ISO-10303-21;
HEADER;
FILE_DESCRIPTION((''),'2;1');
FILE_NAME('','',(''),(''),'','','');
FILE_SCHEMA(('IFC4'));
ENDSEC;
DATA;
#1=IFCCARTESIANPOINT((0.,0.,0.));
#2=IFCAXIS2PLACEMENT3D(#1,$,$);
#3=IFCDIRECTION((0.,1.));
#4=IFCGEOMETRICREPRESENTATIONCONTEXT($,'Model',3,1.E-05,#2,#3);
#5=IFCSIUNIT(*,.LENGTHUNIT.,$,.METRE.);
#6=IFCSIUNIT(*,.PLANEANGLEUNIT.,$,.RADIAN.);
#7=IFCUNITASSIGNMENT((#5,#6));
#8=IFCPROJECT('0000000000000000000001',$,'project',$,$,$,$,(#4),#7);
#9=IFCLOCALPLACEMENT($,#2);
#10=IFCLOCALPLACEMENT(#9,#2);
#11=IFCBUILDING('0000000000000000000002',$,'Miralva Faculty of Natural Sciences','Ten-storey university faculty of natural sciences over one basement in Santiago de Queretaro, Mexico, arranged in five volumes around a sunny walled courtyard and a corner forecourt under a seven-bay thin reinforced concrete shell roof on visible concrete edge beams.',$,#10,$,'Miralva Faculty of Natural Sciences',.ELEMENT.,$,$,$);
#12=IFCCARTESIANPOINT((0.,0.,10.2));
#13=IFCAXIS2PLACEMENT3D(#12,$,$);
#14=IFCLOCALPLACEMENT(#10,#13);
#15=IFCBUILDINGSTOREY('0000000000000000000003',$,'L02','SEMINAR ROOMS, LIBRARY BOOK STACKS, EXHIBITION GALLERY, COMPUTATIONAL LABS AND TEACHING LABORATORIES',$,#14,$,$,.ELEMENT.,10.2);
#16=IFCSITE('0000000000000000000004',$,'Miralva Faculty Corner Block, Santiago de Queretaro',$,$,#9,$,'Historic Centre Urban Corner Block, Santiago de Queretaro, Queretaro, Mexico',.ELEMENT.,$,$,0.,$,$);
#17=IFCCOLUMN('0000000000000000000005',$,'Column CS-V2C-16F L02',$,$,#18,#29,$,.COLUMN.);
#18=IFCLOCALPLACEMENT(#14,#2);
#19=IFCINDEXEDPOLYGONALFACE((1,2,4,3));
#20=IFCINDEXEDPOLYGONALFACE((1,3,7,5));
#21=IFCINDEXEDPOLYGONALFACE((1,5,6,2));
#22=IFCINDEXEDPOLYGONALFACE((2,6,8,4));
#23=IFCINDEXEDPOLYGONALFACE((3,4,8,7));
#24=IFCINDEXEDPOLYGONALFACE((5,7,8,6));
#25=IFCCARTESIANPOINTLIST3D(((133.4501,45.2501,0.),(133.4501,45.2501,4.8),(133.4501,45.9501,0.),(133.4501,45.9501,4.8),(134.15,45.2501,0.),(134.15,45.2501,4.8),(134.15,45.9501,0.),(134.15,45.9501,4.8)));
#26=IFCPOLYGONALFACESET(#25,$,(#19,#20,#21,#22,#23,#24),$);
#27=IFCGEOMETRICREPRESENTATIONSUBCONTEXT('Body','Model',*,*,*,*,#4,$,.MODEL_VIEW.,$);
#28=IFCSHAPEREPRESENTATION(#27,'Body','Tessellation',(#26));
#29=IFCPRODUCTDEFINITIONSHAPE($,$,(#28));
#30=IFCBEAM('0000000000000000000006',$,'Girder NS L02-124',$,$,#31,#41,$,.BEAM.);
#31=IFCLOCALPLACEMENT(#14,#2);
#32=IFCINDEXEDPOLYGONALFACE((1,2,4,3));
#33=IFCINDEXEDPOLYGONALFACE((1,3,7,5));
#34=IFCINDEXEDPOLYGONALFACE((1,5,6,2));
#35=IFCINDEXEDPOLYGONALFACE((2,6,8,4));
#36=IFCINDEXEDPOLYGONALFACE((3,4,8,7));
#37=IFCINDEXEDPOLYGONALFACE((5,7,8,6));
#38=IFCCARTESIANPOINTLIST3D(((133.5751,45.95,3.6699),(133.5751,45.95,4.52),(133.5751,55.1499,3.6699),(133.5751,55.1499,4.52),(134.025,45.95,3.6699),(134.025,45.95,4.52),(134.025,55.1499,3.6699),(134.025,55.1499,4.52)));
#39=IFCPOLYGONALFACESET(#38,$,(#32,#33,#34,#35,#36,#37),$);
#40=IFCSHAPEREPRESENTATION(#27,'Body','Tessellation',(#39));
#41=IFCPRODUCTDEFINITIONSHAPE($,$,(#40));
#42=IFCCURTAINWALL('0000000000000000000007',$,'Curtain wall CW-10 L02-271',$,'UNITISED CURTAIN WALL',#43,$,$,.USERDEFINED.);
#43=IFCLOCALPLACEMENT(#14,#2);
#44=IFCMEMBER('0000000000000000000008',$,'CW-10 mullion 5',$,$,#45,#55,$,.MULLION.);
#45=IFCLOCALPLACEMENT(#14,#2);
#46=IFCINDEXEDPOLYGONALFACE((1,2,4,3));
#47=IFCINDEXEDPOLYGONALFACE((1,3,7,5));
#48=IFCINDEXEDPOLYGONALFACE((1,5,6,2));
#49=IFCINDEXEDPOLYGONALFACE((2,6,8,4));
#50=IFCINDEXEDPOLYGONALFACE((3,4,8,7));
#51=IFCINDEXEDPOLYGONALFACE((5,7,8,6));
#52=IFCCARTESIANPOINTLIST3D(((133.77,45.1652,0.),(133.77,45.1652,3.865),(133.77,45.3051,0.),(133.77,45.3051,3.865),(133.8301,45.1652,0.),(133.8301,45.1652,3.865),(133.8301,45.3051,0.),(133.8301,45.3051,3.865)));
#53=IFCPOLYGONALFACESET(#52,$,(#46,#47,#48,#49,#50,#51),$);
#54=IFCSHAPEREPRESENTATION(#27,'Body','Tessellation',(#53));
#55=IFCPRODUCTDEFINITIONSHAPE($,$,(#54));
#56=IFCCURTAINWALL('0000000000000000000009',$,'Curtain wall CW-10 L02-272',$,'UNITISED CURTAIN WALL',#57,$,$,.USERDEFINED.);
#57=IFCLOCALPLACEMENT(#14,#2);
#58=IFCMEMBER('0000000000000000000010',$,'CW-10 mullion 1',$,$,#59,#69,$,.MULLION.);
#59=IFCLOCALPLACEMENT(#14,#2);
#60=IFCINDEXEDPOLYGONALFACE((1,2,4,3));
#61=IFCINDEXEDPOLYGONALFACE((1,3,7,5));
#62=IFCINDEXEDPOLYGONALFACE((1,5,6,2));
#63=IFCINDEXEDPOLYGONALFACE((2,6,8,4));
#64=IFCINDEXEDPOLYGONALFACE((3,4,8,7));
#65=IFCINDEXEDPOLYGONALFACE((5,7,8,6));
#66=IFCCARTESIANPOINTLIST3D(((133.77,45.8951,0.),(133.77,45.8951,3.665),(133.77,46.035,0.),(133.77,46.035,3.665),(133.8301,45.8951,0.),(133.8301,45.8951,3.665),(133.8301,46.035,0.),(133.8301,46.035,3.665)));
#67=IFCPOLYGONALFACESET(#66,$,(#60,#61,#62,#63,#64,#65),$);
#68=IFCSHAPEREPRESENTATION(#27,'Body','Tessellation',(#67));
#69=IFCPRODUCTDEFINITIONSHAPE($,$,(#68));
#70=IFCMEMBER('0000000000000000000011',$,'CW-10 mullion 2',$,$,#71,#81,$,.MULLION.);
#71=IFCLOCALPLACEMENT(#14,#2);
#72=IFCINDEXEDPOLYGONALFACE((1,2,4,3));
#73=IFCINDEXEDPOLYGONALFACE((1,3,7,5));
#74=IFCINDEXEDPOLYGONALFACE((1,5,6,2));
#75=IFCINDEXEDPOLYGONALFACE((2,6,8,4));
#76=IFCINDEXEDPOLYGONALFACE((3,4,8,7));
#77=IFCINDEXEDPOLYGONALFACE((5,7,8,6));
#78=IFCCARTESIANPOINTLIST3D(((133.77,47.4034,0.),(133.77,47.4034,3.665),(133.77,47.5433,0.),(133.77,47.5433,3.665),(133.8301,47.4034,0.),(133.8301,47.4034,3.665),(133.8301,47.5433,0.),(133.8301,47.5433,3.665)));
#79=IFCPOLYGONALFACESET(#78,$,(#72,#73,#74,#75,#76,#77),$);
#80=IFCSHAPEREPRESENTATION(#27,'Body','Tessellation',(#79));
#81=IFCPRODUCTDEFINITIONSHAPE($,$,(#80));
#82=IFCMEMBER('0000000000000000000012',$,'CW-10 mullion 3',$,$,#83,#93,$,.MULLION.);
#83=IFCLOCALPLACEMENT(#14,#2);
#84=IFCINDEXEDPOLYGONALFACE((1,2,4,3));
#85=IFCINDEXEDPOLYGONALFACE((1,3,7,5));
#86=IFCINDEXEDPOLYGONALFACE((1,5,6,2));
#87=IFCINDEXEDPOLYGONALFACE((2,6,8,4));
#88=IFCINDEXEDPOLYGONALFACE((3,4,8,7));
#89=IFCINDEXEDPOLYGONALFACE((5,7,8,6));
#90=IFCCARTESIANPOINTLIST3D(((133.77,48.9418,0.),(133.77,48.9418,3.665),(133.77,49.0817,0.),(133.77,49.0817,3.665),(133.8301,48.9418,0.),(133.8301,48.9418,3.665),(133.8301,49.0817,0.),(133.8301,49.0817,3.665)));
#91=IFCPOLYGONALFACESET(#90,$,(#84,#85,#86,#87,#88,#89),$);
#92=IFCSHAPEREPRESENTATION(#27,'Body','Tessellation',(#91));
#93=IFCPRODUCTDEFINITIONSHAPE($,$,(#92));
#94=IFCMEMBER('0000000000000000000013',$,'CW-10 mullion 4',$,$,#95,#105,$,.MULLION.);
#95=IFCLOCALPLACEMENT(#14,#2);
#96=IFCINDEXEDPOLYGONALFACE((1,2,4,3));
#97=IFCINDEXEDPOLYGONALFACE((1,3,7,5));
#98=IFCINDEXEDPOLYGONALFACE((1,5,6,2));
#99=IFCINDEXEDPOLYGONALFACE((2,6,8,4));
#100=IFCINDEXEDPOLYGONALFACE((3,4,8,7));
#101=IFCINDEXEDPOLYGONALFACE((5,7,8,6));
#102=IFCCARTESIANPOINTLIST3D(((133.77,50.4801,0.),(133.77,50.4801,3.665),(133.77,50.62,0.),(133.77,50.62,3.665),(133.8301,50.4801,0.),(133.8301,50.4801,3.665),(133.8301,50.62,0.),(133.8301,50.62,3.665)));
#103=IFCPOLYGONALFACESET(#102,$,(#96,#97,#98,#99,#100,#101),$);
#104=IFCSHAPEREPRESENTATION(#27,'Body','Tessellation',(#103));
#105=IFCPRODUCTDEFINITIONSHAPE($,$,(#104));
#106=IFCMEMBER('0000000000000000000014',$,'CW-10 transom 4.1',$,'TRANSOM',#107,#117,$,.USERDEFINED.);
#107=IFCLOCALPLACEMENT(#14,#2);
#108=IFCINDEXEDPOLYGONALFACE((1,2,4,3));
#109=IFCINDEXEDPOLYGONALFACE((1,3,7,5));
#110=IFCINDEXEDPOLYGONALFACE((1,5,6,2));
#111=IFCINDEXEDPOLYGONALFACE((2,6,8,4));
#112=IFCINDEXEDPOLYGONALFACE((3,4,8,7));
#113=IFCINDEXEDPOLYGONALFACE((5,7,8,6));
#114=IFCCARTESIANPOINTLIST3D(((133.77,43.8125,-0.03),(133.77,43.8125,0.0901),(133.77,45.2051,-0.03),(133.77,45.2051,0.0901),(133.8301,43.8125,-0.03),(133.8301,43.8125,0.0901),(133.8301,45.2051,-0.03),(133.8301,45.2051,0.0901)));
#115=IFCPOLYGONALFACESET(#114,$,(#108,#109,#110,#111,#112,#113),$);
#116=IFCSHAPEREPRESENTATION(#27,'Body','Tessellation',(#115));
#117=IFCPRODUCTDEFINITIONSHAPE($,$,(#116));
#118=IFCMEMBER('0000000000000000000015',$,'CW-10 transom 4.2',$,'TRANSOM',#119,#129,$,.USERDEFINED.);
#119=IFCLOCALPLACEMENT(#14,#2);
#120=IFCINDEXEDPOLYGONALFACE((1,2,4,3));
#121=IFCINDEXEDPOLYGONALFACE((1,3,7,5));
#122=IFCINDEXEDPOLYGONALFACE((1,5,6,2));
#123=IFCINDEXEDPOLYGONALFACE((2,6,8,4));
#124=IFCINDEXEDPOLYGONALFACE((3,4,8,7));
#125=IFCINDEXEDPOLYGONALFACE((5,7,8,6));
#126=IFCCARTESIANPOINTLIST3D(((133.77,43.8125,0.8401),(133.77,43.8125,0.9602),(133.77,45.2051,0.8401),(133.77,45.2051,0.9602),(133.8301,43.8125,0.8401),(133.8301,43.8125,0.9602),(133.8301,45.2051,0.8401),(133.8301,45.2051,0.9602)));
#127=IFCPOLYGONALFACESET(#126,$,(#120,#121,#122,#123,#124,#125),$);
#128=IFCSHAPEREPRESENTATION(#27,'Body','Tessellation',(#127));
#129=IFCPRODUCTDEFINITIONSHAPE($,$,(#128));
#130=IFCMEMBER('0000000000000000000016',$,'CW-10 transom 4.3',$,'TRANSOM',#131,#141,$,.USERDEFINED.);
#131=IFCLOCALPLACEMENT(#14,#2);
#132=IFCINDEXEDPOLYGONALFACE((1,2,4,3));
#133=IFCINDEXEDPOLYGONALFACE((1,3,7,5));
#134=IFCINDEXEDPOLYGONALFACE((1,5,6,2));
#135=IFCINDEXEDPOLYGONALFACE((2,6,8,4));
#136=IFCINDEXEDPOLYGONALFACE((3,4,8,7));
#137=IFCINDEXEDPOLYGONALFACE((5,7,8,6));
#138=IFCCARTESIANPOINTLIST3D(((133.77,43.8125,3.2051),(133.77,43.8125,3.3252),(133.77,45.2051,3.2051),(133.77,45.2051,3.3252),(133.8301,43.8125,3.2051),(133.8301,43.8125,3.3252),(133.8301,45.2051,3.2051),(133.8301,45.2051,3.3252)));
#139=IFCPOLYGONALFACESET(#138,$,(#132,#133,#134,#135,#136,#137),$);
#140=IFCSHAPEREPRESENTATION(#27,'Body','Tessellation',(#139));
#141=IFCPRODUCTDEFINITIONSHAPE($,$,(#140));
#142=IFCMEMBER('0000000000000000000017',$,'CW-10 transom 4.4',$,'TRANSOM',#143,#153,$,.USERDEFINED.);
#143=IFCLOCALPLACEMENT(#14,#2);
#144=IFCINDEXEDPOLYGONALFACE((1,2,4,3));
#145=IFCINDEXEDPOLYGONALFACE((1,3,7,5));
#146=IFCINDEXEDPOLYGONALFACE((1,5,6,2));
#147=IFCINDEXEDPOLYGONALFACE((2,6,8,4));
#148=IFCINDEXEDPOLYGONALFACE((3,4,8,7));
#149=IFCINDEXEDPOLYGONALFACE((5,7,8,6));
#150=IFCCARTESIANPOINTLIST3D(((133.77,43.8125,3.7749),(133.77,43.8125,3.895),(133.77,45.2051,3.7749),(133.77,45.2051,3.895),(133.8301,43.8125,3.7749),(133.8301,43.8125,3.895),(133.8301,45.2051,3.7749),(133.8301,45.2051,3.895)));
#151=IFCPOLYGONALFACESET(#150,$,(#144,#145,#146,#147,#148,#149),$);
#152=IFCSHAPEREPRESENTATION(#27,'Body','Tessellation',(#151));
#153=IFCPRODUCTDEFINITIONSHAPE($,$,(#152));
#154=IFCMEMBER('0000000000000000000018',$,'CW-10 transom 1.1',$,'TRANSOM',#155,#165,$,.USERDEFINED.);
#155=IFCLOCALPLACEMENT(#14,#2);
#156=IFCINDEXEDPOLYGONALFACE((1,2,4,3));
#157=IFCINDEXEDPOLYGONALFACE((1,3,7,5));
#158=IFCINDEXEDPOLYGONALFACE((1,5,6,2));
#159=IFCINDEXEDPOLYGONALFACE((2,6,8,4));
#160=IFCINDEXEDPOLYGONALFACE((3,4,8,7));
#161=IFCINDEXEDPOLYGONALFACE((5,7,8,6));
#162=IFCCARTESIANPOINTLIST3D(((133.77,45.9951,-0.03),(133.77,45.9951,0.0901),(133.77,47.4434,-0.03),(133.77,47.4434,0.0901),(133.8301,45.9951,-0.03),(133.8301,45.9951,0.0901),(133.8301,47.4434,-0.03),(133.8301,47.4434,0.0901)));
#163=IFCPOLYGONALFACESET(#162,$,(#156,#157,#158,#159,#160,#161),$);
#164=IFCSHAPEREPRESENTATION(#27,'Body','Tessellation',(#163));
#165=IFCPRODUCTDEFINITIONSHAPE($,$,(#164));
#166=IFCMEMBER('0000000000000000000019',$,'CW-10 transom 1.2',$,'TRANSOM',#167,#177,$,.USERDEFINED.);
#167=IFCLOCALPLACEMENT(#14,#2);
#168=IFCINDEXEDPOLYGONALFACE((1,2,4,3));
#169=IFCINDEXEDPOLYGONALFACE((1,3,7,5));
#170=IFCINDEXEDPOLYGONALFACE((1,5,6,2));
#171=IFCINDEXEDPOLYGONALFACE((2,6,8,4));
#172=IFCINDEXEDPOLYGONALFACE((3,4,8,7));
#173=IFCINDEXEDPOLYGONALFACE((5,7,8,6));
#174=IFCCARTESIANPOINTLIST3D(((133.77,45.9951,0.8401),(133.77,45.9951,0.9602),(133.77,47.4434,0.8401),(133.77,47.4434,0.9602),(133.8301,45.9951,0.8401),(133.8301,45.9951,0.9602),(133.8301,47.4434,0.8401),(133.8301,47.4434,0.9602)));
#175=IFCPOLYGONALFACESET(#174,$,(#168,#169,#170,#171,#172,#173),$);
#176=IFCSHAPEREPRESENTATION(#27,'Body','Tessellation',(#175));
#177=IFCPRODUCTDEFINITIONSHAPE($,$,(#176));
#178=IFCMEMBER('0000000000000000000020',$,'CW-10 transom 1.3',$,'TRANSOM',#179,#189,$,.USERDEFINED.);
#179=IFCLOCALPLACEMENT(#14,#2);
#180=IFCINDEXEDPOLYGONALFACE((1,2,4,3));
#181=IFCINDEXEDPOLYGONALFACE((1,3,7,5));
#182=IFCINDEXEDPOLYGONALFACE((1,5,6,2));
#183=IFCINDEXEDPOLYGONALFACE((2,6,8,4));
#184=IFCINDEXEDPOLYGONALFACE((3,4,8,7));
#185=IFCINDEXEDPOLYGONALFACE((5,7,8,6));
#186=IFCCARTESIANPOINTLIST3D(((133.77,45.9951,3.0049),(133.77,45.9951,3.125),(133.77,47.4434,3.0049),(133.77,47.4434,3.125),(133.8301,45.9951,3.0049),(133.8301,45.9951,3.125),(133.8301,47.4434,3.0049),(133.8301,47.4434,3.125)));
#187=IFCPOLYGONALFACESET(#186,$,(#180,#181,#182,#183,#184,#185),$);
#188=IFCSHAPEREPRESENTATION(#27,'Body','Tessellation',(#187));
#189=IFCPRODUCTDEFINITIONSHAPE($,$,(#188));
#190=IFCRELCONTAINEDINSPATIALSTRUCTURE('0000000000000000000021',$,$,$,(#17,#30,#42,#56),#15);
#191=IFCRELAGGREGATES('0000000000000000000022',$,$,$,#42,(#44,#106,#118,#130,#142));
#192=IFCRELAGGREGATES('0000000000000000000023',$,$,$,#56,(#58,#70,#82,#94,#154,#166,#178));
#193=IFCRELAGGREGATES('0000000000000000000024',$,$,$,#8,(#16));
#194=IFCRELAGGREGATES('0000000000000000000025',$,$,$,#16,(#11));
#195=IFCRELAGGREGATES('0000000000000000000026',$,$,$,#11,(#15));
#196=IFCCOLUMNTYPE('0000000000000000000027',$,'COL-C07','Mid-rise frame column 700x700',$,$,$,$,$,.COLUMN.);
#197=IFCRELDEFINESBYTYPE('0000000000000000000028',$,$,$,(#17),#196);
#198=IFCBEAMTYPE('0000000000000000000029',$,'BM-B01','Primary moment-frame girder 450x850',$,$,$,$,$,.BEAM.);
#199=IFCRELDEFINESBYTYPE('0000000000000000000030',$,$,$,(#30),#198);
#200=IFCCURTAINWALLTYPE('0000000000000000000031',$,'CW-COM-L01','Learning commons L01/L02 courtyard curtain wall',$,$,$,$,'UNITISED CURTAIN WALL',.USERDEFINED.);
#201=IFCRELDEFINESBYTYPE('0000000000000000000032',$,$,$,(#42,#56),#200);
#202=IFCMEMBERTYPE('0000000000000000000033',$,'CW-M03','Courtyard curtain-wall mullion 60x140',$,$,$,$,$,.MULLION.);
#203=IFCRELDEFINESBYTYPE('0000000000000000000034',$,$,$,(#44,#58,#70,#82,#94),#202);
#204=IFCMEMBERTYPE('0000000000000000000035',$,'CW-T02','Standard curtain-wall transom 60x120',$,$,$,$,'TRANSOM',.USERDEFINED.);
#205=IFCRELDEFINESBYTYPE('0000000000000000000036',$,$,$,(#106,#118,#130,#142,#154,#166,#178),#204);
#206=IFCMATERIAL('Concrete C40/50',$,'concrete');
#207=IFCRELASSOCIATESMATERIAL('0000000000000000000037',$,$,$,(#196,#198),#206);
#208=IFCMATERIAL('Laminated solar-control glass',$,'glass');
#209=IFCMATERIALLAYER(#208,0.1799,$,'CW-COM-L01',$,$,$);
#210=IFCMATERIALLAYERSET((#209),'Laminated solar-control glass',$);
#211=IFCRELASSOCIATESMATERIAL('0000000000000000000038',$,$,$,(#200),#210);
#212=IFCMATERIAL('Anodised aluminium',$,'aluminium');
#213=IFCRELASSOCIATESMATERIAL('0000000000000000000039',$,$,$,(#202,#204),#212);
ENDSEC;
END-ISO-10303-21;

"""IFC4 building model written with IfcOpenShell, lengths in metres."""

from ifc_helpers import new_model, si_unit, direction, frame, origin, origin_2d, place, context, subcontext, project, spatial, rectangle, extrude, material, layer, layer_set, material_profile, profile_set, type_object, element, aggregate, save


model = new_model("IFC4")

# Units and contexts
model_context = context("Model", 3, precision=1e-05, world=origin(), true_north=direction((0.0, 1.0)))
body_context = subcontext(model_context, "Body", "Model", "MODEL_VIEW")
ifc_project = project(units=[si_unit("LENGTHUNIT", "METRE"), si_unit("PLANEANGLEUNIT", "RADIAN")], contexts=[model_context])

# Site, building, storey
site_placement = place(None, origin())
site = spatial("IfcSite", under=ifc_project, at=site_placement, Name="Miralva Faculty Corner Block, Santiago de Queretaro", LongName="Historic Centre Urban Corner Block, Santiago de Queretaro, Queretaro, Mexico", CompositionType="ELEMENT", RefElevation=0.0)
building_placement = place(site_placement, origin())
building = spatial("IfcBuilding", under=site, at=building_placement, Name="Miralva Faculty of Natural Sciences", Description="Ten-storey university faculty of natural sciences over one basement in Santiago de Queretaro, Mexico, arranged in five volumes around a sunny walled courtyard and a corner forecourt under a seven-bay thin reinforced concrete shell roof on visible concrete edge beams.", LongName="Miralva Faculty of Natural Sciences", CompositionType="ELEMENT")
storey_placement = place(building_placement, frame((0.0, 0.0, 10.2)))
storey = spatial("IfcBuildingStorey", under=building, at=storey_placement, Name="L02", Description="SEMINAR ROOMS, LIBRARY BOOK STACKS, EXHIBITION GALLERY, COMPUTATIONAL LABS AND TEACHING LABORATORIES", CompositionType="ELEMENT", Elevation=10.2)

# Column
ifc_material_1 = material(Name="Concrete C40/50", Category="concrete")
ifc_material_profile_1 = material_profile(ifc_material_1, rectangle(XDim=0.7, YDim=0.7, at=origin_2d()), Name="RC 700x700")
ifc_profile_set_1 = profile_set([ifc_material_profile_1], Name="Concrete C40/50")
column_type = type_object("IfcColumnType", Name="COL-C07", Description="Mid-rise frame column 700x700", PredefinedType="COLUMN", material=ifc_profile_set_1)
column_placement = place(storey_placement, frame((133.8, 45.6001, 0.0), z_axis=(0.0, 0.0, 1.0), x_axis=(1.0, 0.0, 0.0)))
element("IfcColumn", 1, at=column_placement, inside=storey, type_object=column_type, Name="Column CS-V2C-16F L02", PredefinedType="COLUMN", context=body_context, shape_type="SweptSolid", body=[
    extrude(rectangle(XDim=0.7, YDim=0.7, at=origin_2d()), origin(), (0.0, 0.0, 1.0), 4.8),
])

# Beam
ifc_material_profile_2 = material_profile(ifc_material_1, rectangle(XDim=0.45, YDim=0.8501, at=origin_2d()), Name="RC 450x850")
ifc_profile_set_2 = profile_set([ifc_material_profile_2], Name="Concrete C40/50")
beam_type = type_object("IfcBeamType", Name="BM-B01", Description="Primary moment-frame girder 450x850", PredefinedType="BEAM", material=ifc_profile_set_2)
beam_placement = place(storey_placement, frame((133.8, 45.95, 4.095), z_axis=(0.0, 1.0, 0.0), x_axis=(-1.0, 0.0, 0.0)))
element("IfcBeam", 2, at=beam_placement, inside=storey, type_object=beam_type, Name="Girder NS L02-124", PredefinedType="BEAM", context=body_context, shape_type="SweptSolid", body=[
    extrude(rectangle(XDim=0.45, YDim=0.8501, at=origin_2d()), origin(), (0.0, 0.0, 1.0), 9.2),
])

# Curtain wall, member
ifc_material_2 = material(Name="Laminated solar-control glass", Category="glass")
ifc_layer_1 = layer(ifc_material_2, 0.1799, Name="CW-COM-L01")
ifc_layer_set_1 = layer_set([ifc_layer_1], Name="Laminated solar-control glass")
curtain_wall_type = type_object("IfcCurtainWallType", Name="CW-COM-L01", Description="Learning commons L01/L02 courtyard curtain wall", ElementType="UNITISED CURTAIN WALL", PredefinedType="USERDEFINED", material=ifc_layer_set_1)
curtain_wall_1_placement = place(storey_placement, origin())
curtain_wall_1 = element("IfcCurtainWall", 3, at=curtain_wall_1_placement, inside=storey, type_object=curtain_wall_type, Name="Curtain wall CW-10 L02-271", ObjectType="UNITISED CURTAIN WALL", PredefinedType="USERDEFINED")
ifc_material_3 = material(Name="Anodised aluminium", Category="aluminium")
ifc_material_profile_3 = material_profile(ifc_material_3, rectangle(XDim=0.0601, YDim=0.1399, at=origin_2d()), Name="MULLION 60x140")
ifc_profile_set_3 = profile_set([ifc_material_profile_3], Name="Anodised aluminium")
member_type_1 = type_object("IfcMemberType", Name="CW-M03", Description="Courtyard curtain-wall mullion 60x140", PredefinedType="MULLION", material=ifc_profile_set_3)
member_1_placement = place(storey_placement, frame((133.8, 45.2351, 0.0), z_axis=(0.0, 0.0, 1.0), x_axis=(-1.0, 0.0, 0.0)))
member_1 = element("IfcMember", 4, at=member_1_placement, type_object=member_type_1, Name="CW-10 mullion 5", PredefinedType="MULLION", context=body_context, shape_type="SweptSolid", body=[
    extrude(rectangle(XDim=0.0601, YDim=0.1399, at=origin_2d()), origin(), (0.0, 0.0, 1.0), 3.865),
])

# Curtain wall, members
curtain_wall_2_placement = place(storey_placement, origin())
curtain_wall_2 = element("IfcCurtainWall", 5, at=curtain_wall_2_placement, inside=storey, type_object=curtain_wall_type, Name="Curtain wall CW-10 L02-272", ObjectType="UNITISED CURTAIN WALL", PredefinedType="USERDEFINED")
member_2_placement = place(storey_placement, frame((133.8, 45.9651, 0.0), z_axis=(0.0, 0.0, 1.0), x_axis=(-1.0, 0.0, 0.0)))
member_2 = element("IfcMember", 6, at=member_2_placement, type_object=member_type_1, Name="CW-10 mullion 1", PredefinedType="MULLION", context=body_context, shape_type="SweptSolid", body=[
    extrude(rectangle(XDim=0.0601, YDim=0.1399, at=origin_2d()), origin(), (0.0, 0.0, 1.0), 3.665),
])
member_3_placement = place(storey_placement, frame((133.8, 47.4734, 0.0), z_axis=(0.0, 0.0, 1.0), x_axis=(-1.0, 0.0, 0.0)))
member_3 = element("IfcMember", 7, at=member_3_placement, type_object=member_type_1, Name="CW-10 mullion 2", PredefinedType="MULLION", context=body_context, shape_type="SweptSolid", body=[
    extrude(rectangle(XDim=0.0601, YDim=0.1399, at=origin_2d()), origin(), (0.0, 0.0, 1.0), 3.665),
])
member_4_placement = place(storey_placement, frame((133.8, 49.0117, 0.0), z_axis=(0.0, 0.0, 1.0), x_axis=(-1.0, 0.0, 0.0)))
member_4 = element("IfcMember", 8, at=member_4_placement, type_object=member_type_1, Name="CW-10 mullion 3", PredefinedType="MULLION", context=body_context, shape_type="SweptSolid", body=[
    extrude(rectangle(XDim=0.0601, YDim=0.1399, at=origin_2d()), origin(), (0.0, 0.0, 1.0), 3.665),
])
member_5_placement = place(storey_placement, frame((133.8, 50.55, 0.0), z_axis=(0.0, 0.0, 1.0), x_axis=(-1.0, 0.0, 0.0)))
member_5 = element("IfcMember", 9, at=member_5_placement, type_object=member_type_1, Name="CW-10 mullion 4", PredefinedType="MULLION", context=body_context, shape_type="SweptSolid", body=[
    extrude(rectangle(XDim=0.0601, YDim=0.1399, at=origin_2d()), origin(), (0.0, 0.0, 1.0), 3.665),
])

# Members
ifc_material_profile_4 = material_profile(ifc_material_3, rectangle(XDim=0.0601, YDim=0.1201, at=origin_2d()), Name="TRANSOM 60x120")
ifc_profile_set_4 = profile_set([ifc_material_profile_4], Name="Anodised aluminium")
member_type_2 = type_object("IfcMemberType", Name="CW-T02", Description="Standard curtain-wall transom 60x120", ElementType="TRANSOM", PredefinedType="USERDEFINED", material=ifc_profile_set_4)
member_6_placement = place(storey_placement, frame((133.8, 43.8125, 0.03), z_axis=(0.0, 1.0, 0.0), x_axis=(-1.0, 0.0, 0.0)))
member_6 = element("IfcMember", 10, at=member_6_placement, type_object=member_type_2, Name="CW-10 transom 4.1", ObjectType="TRANSOM", PredefinedType="USERDEFINED", context=body_context, shape_type="SweptSolid", body=[
    extrude(rectangle(XDim=0.0601, YDim=0.1201, at=origin_2d()), origin(), (0.0, 0.0, 1.0), 1.3926),
])
member_7_placement = place(storey_placement, frame((133.8, 43.8125, 0.9001), z_axis=(0.0, 1.0, 0.0), x_axis=(-1.0, 0.0, 0.0)))
member_7 = element("IfcMember", 11, at=member_7_placement, type_object=member_type_2, Name="CW-10 transom 4.2", ObjectType="TRANSOM", PredefinedType="USERDEFINED", context=body_context, shape_type="SweptSolid", body=[
    extrude(rectangle(XDim=0.0601, YDim=0.1201, at=origin_2d()), origin(), (0.0, 0.0, 1.0), 1.3926),
])
member_8_placement = place(storey_placement, frame((133.8, 43.8125, 3.2651), z_axis=(0.0, 1.0, 0.0), x_axis=(-1.0, 0.0, 0.0)))
member_8 = element("IfcMember", 12, at=member_8_placement, type_object=member_type_2, Name="CW-10 transom 4.3", ObjectType="TRANSOM", PredefinedType="USERDEFINED", context=body_context, shape_type="SweptSolid", body=[
    extrude(rectangle(XDim=0.0601, YDim=0.1201, at=origin_2d()), origin(), (0.0, 0.0, 1.0), 1.3926),
])
member_9_placement = place(storey_placement, frame((133.8, 43.8125, 3.835), z_axis=(0.0, 1.0, 0.0), x_axis=(-1.0, 0.0, 0.0)))
member_9 = element("IfcMember", 13, at=member_9_placement, type_object=member_type_2, Name="CW-10 transom 4.4", ObjectType="TRANSOM", PredefinedType="USERDEFINED", context=body_context, shape_type="SweptSolid", body=[
    extrude(rectangle(XDim=0.0601, YDim=0.1201, at=origin_2d()), origin(), (0.0, 0.0, 1.0), 1.3926),
])
member_10_placement = place(storey_placement, frame((133.8, 45.9951, 0.03), z_axis=(0.0, 1.0, 0.0), x_axis=(-1.0, 0.0, 0.0)))
member_10 = element("IfcMember", 14, at=member_10_placement, type_object=member_type_2, Name="CW-10 transom 1.1", ObjectType="TRANSOM", PredefinedType="USERDEFINED", context=body_context, shape_type="SweptSolid", body=[
    extrude(rectangle(XDim=0.0601, YDim=0.1201, at=origin_2d()), origin(), (0.0, 0.0, 1.0), 1.4482),
])
member_11_placement = place(storey_placement, frame((133.8, 45.9951, 0.9001), z_axis=(0.0, 1.0, 0.0), x_axis=(-1.0, 0.0, 0.0)))
member_11 = element("IfcMember", 15, at=member_11_placement, type_object=member_type_2, Name="CW-10 transom 1.2", ObjectType="TRANSOM", PredefinedType="USERDEFINED", context=body_context, shape_type="SweptSolid", body=[
    extrude(rectangle(XDim=0.0601, YDim=0.1201, at=origin_2d()), origin(), (0.0, 0.0, 1.0), 1.4482),
])
member_12_placement = place(storey_placement, frame((133.8, 45.9951, 3.0649), z_axis=(0.0, 1.0, 0.0), x_axis=(-1.0, 0.0, 0.0)))
member_12 = element("IfcMember", 16, at=member_12_placement, type_object=member_type_2, Name="CW-10 transom 1.3", ObjectType="TRANSOM", PredefinedType="USERDEFINED", context=body_context, shape_type="SweptSolid", body=[
    extrude(rectangle(XDim=0.0601, YDim=0.1201, at=origin_2d()), origin(), (0.0, 0.0, 1.0), 1.4482),
])

aggregate(curtain_wall_1, [member_1, member_6, member_7, member_8, member_9])
aggregate(curtain_wall_2, [member_2, member_3, member_4, member_5, member_10, member_11, member_12])

save(model, "model.ifc")
